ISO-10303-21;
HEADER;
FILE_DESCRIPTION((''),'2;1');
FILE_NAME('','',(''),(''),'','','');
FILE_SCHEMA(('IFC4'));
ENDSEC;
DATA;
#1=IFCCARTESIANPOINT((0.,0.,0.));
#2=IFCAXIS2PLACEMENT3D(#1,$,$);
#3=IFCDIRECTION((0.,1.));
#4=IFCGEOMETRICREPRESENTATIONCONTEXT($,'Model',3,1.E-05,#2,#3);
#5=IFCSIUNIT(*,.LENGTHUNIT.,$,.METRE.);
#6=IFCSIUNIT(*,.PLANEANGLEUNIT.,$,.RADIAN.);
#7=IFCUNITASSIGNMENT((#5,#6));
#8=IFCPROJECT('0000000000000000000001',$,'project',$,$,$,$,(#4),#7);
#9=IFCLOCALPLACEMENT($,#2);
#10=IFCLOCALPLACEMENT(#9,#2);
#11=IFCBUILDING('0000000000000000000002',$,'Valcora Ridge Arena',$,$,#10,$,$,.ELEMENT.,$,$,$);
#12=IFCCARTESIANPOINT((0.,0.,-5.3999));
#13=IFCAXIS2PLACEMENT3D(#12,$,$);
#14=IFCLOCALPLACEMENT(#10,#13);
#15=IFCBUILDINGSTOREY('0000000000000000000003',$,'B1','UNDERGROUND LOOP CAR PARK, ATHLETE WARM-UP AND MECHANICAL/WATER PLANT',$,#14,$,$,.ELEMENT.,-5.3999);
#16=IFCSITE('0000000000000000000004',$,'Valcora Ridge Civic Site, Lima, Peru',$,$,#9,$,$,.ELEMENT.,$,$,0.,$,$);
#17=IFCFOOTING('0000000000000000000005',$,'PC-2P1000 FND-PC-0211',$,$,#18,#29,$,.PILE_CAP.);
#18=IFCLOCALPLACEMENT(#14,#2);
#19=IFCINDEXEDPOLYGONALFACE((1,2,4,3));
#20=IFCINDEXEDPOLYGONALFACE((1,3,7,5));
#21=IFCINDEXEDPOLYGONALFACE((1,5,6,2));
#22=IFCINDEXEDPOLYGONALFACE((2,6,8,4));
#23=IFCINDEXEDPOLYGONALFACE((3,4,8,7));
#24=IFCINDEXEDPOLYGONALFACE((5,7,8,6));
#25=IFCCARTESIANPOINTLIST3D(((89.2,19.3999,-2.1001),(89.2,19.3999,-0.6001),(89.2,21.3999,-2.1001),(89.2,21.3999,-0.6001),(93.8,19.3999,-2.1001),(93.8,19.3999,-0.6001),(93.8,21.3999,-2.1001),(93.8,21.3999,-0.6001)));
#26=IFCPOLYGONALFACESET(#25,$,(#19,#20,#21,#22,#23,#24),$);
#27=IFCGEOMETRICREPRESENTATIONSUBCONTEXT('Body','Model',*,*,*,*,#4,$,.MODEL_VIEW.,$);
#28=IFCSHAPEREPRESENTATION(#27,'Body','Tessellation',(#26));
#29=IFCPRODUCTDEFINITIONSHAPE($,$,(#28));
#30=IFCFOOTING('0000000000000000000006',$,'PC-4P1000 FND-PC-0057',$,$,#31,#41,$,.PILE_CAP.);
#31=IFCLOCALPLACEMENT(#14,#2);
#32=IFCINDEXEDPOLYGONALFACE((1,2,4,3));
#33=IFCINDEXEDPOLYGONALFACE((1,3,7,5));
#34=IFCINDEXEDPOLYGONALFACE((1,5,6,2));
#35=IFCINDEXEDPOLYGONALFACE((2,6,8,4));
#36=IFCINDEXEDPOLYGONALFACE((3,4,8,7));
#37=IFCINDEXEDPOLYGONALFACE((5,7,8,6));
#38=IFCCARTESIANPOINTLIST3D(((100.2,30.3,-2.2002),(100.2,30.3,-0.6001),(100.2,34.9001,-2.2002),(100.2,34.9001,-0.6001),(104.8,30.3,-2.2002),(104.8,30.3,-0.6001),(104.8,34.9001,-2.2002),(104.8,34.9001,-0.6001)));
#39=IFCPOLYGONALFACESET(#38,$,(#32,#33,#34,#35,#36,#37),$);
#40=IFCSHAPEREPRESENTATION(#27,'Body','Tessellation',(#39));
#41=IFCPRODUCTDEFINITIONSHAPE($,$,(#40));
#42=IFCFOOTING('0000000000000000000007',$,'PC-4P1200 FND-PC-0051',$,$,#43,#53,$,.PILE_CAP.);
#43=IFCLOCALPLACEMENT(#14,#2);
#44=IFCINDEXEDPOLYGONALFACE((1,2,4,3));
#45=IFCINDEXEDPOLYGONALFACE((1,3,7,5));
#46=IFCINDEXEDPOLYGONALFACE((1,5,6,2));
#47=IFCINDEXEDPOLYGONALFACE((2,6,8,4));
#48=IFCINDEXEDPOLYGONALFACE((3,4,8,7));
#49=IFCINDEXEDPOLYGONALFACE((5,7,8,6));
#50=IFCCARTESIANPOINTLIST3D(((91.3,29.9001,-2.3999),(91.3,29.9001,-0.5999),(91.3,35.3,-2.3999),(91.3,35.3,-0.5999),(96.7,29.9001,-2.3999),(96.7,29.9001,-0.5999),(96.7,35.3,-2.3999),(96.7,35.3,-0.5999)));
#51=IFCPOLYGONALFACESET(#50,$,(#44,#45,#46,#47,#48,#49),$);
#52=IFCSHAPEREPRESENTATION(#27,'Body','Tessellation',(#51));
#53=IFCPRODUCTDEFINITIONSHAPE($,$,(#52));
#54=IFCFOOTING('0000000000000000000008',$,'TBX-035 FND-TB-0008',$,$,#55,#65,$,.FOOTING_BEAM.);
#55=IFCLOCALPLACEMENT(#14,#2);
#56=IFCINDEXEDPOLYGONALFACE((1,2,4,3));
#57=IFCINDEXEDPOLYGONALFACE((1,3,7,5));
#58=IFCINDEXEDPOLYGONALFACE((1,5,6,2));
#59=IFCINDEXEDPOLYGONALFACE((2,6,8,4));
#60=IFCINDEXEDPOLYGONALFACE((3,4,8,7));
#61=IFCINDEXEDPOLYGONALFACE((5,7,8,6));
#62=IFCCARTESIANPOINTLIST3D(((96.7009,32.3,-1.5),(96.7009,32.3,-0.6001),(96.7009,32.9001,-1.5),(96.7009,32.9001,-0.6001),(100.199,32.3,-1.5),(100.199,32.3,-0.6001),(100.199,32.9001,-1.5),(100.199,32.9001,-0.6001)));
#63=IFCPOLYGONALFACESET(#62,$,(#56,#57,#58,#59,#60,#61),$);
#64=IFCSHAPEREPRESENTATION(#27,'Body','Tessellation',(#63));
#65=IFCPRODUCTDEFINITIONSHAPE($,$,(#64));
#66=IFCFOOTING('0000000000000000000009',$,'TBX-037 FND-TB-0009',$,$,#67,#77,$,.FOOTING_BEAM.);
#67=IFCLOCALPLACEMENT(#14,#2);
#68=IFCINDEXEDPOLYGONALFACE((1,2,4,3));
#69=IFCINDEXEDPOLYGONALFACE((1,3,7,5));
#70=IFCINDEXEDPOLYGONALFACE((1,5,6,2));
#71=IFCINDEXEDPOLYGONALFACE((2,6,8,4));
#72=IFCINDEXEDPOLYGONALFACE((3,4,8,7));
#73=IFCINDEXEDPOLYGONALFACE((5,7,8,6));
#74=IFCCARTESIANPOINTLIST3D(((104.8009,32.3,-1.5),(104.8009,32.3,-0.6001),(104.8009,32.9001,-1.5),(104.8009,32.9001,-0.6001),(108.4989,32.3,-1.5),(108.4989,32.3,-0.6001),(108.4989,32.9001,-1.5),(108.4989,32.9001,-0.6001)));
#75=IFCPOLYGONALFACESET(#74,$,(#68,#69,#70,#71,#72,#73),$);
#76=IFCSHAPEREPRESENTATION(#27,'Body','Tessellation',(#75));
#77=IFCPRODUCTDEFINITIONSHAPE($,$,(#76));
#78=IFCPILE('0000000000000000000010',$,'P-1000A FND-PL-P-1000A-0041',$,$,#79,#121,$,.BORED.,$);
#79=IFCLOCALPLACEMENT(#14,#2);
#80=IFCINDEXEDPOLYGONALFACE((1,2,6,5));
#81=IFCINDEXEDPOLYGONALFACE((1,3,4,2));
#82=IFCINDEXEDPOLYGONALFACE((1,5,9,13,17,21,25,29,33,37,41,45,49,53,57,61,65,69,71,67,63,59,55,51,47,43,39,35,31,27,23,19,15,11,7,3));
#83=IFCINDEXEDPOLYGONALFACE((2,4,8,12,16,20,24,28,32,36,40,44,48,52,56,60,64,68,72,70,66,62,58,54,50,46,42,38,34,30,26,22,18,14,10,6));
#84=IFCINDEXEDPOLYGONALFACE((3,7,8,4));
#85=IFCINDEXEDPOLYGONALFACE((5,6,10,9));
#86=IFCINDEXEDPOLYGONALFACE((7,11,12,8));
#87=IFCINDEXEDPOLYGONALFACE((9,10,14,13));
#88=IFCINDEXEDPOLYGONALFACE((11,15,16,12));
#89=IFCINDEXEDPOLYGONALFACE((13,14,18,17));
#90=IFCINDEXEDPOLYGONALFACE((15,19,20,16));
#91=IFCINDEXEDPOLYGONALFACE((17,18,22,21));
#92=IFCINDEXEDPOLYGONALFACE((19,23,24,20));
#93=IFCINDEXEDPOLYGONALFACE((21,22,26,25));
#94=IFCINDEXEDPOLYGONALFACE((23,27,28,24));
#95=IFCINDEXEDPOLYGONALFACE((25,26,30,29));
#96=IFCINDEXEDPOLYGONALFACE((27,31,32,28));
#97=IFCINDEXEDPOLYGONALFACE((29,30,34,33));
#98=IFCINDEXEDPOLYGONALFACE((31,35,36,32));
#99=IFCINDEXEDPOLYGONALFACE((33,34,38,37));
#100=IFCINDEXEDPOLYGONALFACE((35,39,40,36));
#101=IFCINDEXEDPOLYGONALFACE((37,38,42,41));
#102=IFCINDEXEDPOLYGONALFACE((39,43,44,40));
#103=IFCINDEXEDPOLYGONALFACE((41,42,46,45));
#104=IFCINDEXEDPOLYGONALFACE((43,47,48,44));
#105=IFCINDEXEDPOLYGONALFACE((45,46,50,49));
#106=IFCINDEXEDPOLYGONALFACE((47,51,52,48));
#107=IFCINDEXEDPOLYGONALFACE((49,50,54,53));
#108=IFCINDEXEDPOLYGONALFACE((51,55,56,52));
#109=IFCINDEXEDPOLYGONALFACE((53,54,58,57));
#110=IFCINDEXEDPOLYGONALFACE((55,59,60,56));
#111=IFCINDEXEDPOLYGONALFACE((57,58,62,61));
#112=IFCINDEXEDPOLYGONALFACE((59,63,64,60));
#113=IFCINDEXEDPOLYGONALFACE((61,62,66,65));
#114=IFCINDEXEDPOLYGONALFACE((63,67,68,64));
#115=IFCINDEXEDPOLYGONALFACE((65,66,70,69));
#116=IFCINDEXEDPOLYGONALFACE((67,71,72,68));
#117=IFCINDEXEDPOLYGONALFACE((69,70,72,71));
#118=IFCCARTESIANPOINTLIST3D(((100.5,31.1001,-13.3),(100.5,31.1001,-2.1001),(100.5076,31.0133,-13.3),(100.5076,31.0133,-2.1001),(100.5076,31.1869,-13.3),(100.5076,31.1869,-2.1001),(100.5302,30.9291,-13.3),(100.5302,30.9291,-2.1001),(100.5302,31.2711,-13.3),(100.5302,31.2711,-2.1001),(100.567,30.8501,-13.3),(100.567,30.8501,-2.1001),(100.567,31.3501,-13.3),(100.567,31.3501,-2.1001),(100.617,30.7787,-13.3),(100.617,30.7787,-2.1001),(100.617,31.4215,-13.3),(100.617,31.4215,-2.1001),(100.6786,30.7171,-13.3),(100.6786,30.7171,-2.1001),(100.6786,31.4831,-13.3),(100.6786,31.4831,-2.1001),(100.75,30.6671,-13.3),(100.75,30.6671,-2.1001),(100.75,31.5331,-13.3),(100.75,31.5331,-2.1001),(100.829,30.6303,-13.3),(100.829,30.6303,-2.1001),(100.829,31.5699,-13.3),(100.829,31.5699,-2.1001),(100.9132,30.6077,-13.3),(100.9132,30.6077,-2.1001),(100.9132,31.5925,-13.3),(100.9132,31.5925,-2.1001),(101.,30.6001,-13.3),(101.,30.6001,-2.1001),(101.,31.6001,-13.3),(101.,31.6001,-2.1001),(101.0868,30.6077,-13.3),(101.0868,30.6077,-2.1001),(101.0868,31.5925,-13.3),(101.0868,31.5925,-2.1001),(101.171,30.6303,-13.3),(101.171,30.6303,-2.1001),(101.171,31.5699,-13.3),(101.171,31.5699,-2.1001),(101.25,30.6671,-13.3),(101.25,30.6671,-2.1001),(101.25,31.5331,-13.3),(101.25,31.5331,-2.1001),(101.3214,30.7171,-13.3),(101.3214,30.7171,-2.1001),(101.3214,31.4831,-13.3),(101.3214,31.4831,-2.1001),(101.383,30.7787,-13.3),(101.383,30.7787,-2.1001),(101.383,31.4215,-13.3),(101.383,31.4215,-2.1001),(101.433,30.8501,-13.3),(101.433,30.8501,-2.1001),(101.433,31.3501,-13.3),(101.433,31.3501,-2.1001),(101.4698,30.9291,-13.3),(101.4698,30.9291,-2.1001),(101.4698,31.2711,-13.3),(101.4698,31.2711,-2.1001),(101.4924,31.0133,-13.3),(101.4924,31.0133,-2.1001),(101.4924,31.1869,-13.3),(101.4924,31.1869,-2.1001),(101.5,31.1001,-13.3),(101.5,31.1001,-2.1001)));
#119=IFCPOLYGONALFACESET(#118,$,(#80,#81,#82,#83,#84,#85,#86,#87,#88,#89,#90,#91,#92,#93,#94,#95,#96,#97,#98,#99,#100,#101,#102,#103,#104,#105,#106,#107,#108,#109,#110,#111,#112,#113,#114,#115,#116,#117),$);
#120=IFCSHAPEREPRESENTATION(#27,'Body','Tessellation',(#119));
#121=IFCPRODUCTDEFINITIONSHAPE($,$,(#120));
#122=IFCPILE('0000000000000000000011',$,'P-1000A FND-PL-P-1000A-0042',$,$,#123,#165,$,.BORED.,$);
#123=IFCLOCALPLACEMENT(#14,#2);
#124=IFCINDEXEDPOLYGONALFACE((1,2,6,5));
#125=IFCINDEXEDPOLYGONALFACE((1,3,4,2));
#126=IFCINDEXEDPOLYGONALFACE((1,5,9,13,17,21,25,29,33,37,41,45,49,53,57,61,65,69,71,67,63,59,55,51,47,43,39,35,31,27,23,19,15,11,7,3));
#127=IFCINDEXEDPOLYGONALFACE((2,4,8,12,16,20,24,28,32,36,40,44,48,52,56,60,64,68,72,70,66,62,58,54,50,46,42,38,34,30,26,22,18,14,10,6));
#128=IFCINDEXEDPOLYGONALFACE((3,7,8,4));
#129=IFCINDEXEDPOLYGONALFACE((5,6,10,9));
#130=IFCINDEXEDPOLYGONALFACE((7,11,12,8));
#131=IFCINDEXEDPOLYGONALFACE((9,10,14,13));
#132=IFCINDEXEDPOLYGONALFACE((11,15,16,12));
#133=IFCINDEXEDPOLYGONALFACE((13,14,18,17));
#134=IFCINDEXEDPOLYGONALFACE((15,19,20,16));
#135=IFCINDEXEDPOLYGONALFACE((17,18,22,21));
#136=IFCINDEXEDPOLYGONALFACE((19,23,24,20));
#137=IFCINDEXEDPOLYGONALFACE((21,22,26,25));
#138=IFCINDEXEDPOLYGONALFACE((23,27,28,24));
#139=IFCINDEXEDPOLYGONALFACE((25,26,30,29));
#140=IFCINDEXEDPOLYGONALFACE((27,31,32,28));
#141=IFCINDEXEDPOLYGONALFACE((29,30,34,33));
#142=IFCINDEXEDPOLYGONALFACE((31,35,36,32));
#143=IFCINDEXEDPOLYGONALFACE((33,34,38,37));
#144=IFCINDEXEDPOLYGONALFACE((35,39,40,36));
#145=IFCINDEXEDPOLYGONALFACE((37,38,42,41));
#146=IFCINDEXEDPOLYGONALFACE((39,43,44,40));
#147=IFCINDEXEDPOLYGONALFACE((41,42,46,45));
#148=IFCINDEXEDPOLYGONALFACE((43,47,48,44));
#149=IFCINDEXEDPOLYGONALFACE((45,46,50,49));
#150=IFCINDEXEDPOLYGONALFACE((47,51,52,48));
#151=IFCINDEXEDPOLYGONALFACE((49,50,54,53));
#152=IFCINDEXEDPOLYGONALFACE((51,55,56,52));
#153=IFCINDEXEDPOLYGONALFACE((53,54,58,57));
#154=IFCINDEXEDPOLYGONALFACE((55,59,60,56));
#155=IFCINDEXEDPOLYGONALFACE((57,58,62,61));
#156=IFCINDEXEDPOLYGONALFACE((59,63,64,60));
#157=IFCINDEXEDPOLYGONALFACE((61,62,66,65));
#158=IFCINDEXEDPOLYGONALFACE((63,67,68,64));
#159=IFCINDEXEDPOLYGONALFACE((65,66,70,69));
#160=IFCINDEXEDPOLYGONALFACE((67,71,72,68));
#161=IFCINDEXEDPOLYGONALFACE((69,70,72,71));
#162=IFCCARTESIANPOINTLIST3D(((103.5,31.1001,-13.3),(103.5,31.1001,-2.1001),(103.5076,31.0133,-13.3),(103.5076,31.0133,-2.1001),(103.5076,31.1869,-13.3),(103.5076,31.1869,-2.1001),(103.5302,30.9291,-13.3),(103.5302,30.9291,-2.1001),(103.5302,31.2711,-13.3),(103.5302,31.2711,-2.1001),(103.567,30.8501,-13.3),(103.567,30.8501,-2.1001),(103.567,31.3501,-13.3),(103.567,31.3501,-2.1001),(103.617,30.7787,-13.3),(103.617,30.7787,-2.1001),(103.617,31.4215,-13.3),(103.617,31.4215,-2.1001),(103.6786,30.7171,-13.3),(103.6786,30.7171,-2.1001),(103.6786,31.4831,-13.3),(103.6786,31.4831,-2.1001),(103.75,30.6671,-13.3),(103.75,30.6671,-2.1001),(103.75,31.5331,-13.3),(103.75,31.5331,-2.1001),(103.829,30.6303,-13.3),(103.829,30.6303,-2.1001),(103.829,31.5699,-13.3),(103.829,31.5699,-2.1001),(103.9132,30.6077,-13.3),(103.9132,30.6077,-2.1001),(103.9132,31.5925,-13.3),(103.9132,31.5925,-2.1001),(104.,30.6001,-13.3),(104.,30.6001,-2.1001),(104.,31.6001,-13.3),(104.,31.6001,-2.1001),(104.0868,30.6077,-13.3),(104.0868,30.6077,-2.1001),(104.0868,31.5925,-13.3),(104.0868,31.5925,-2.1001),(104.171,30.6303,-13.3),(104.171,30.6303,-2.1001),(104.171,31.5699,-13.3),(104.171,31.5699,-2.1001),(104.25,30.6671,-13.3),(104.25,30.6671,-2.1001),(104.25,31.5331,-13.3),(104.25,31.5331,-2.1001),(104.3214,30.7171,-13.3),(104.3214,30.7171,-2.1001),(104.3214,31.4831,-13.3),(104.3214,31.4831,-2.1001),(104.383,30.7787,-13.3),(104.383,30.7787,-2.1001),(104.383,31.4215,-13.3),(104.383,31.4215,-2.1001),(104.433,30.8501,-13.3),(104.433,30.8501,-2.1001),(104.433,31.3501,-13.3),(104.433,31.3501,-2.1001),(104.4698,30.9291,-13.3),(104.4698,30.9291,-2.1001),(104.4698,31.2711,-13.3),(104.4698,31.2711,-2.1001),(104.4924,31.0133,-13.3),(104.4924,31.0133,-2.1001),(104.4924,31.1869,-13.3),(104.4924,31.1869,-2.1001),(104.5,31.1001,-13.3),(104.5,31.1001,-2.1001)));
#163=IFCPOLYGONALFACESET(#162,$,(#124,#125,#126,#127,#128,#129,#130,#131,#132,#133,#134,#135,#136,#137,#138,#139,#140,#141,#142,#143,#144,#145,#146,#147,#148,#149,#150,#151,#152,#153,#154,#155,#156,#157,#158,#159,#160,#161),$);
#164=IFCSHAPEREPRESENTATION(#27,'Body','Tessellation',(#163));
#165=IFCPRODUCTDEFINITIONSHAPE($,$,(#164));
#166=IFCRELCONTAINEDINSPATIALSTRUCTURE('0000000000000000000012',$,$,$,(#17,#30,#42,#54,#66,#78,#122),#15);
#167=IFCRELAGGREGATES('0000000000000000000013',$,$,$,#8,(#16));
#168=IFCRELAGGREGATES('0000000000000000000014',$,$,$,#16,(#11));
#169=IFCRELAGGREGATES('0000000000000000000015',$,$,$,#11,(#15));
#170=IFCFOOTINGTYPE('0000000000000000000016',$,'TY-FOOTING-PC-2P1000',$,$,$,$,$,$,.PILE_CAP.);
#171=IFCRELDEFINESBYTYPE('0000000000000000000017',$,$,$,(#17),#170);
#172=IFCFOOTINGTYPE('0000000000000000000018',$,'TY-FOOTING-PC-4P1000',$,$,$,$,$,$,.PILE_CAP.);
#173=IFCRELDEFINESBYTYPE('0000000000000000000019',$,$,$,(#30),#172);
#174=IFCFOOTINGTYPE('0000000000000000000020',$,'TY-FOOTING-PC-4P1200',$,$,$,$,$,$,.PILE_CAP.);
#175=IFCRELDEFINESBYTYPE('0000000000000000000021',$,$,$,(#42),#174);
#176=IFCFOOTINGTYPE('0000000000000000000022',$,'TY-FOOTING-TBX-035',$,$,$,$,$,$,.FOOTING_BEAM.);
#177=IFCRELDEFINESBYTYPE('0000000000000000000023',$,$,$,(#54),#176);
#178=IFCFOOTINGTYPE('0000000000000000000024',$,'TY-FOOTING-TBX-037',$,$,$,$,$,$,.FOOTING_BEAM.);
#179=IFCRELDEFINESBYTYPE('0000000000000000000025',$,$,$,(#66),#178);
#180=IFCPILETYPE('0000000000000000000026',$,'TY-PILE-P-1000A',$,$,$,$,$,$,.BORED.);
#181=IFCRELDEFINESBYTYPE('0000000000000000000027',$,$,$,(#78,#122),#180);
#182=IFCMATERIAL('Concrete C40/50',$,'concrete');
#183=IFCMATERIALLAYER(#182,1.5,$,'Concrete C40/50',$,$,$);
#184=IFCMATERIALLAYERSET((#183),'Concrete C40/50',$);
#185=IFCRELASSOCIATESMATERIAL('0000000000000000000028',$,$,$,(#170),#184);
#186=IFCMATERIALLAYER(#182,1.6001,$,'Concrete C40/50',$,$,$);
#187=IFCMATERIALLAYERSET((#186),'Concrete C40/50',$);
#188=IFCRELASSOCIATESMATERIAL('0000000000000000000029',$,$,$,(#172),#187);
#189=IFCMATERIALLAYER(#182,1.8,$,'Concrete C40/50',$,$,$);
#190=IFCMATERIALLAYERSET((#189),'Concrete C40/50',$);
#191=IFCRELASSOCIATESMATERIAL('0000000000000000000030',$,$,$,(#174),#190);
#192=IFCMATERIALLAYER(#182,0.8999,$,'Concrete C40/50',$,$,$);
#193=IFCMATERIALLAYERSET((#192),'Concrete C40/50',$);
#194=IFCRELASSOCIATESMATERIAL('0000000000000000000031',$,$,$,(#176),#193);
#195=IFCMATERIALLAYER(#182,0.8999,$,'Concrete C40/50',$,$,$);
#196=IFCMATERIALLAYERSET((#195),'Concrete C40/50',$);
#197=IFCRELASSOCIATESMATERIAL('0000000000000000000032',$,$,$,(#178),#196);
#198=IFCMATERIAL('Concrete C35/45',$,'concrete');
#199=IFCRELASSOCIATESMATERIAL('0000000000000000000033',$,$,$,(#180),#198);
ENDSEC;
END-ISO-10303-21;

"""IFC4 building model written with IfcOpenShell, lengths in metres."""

from ifc_helpers import new_model, si_unit, direction, frame, origin, origin_2d, place, context, subcontext, project, spatial, rectangle, circle, extrude, material, layer, layer_set, material_profile, profile_set, type_object, element, save


model = new_model("IFC4")

# Units and contexts
model_context = context("Model", 3, precision=1e-05, world=origin(), true_north=direction((0.0, 1.0)))
body_context = subcontext(model_context, "Body", "Model", "MODEL_VIEW")
ifc_project = project(units=[si_unit("LENGTHUNIT", "METRE"), si_unit("PLANEANGLEUNIT", "RADIAN")], contexts=[model_context])

# Site, building, storey
site_placement = place(None, origin())
site = spatial("IfcSite", under=ifc_project, at=site_placement, Name="Valcora Ridge Civic Site, Lima, Peru", CompositionType="ELEMENT", RefElevation=0.0)
building_placement = place(site_placement, origin())
building = spatial("IfcBuilding", under=site, at=building_placement, Name="Valcora Ridge Arena", CompositionType="ELEMENT")
storey_placement = place(building_placement, frame((0.0, 0.0, -5.3999)))
storey = spatial("IfcBuildingStorey", under=building, at=storey_placement, Name="B1", Description="UNDERGROUND LOOP CAR PARK, ATHLETE WARM-UP AND MECHANICAL/WATER PLANT", CompositionType="ELEMENT", Elevation=-5.3999)

# Footings
ifc_material_1 = material(Name="Concrete C40/50", Category="concrete")
ifc_layer_1 = layer(ifc_material_1, 1.5, Name="Concrete C40/50")
ifc_layer_set_1 = layer_set([ifc_layer_1], Name="Concrete C40/50")
footing_type_1 = type_object("IfcFootingType", Name="TY-FOOTING-PC-2P1000", PredefinedType="PILE_CAP", material=ifc_layer_set_1)
footing_1_placement = place(storey_placement, frame((91.5, 20.3999, -2.1001), z_axis=(0.0, 0.0, 1.0), x_axis=(1.0, 0.0, 0.0)))
element("IfcFooting", 1, at=footing_1_placement, inside=storey, type_object=footing_type_1, Name="PC-2P1000 FND-PC-0211", PredefinedType="PILE_CAP", context=body_context, shape_type="SweptSolid", body=[
    extrude(rectangle(XDim=4.6001, YDim=2.0, at=origin_2d()), origin(), (0.0, 0.0, 1.0), 1.5),
])
ifc_layer_2 = layer(ifc_material_1, 1.6001, Name="Concrete C40/50")
ifc_layer_set_2 = layer_set([ifc_layer_2], Name="Concrete C40/50")
footing_type_2 = type_object("IfcFootingType", Name="TY-FOOTING-PC-4P1000", PredefinedType="PILE_CAP", material=ifc_layer_set_2)
footing_2_placement = place(storey_placement, frame((102.5, 32.6001, -2.2002), z_axis=(0.0, 0.0, 1.0), x_axis=(1.0, 0.0, 0.0)))
element("IfcFooting", 2, at=footing_2_placement, inside=storey, type_object=footing_type_2, Name="PC-4P1000 FND-PC-0057", PredefinedType="PILE_CAP", context=body_context, shape_type="SweptSolid", body=[
    extrude(rectangle(XDim=4.6001, YDim=4.6001, at=origin_2d()), origin(), (0.0, 0.0, 1.0), 1.6001),
])
ifc_layer_3 = layer(ifc_material_1, 1.8, Name="Concrete C40/50")
ifc_layer_set_3 = layer_set([ifc_layer_3], Name="Concrete C40/50")
footing_type_3 = type_object("IfcFootingType", Name="TY-FOOTING-PC-4P1200", PredefinedType="PILE_CAP", material=ifc_layer_set_3)
footing_3_placement = place(storey_placement, frame((94.0, 32.6001, -2.3999), z_axis=(0.0, 0.0, 1.0), x_axis=(1.0, 0.0, 0.0)))
element("IfcFooting", 3, at=footing_3_placement, inside=storey, type_object=footing_type_3, Name="PC-4P1200 FND-PC-0051", PredefinedType="PILE_CAP", context=body_context, shape_type="SweptSolid", body=[
    extrude(rectangle(XDim=5.3999, YDim=5.3999, at=origin_2d()), origin(), (0.0, 0.0, 1.0), 1.8),
])
ifc_layer_4 = layer(ifc_material_1, 0.8999, Name="Concrete C40/50")
ifc_layer_set_4 = layer_set([ifc_layer_4], Name="Concrete C40/50")
footing_type_4 = type_object("IfcFootingType", Name="TY-FOOTING-TBX-035", PredefinedType="FOOTING_BEAM", material=ifc_layer_set_4)
footing_4_placement = place(storey_placement, frame((98.45, 32.6001, -1.5), z_axis=(0.0, 0.0, 1.0), x_axis=(1.0, 0.0, 0.0)))
element("IfcFooting", 4, at=footing_4_placement, inside=storey, type_object=footing_type_4, Name="TBX-035 FND-TB-0008", PredefinedType="FOOTING_BEAM", context=body_context, shape_type="SweptSolid", body=[
    extrude(rectangle(XDim=3.498, YDim=0.6001, at=origin_2d()), origin(), (0.0, 0.0, 1.0), 0.8999),
])
ifc_layer_5 = layer(ifc_material_1, 0.8999, Name="Concrete C40/50")
ifc_layer_set_5 = layer_set([ifc_layer_5], Name="Concrete C40/50")
footing_type_5 = type_object("IfcFootingType", Name="TY-FOOTING-TBX-037", PredefinedType="FOOTING_BEAM", material=ifc_layer_set_5)
footing_5_placement = place(storey_placement, frame((106.6499, 32.6001, -1.5), z_axis=(0.0, 0.0, 1.0), x_axis=(1.0, 0.0, 0.0)))
element("IfcFooting", 5, at=footing_5_placement, inside=storey, type_object=footing_type_5, Name="TBX-037 FND-TB-0009", PredefinedType="FOOTING_BEAM", context=body_context, shape_type="SweptSolid", body=[
    extrude(rectangle(XDim=3.698, YDim=0.6001, at=origin_2d()), origin(), (0.0, 0.0, 1.0), 0.8999),
])

# Piles
ifc_material_2 = material(Name="Concrete C35/45", Category="concrete")
ifc_material_profile_1 = material_profile(ifc_material_2, circle(Radius=0.5, at=origin_2d()), Name="BORED PILE D1000")
ifc_profile_set_1 = profile_set([ifc_material_profile_1], Name="Concrete C35/45")
pile_type_1 = type_object("IfcPileType", Name="TY-PILE-P-1000A", PredefinedType="BORED", material=ifc_profile_set_1)
for number, where, z_axis, x_axis, name in (
    (6, (101.0, 31.1001, -2.1001), (0.0, 0.0, -1.0), (1.0, 0.0, 0.0), "P-1000A FND-PL-P-1000A-0041"),
    (7, (104.0, 31.1001, -2.1001), (0.0, 0.0, -1.0), (1.0, 0.0, 0.0), "P-1000A FND-PL-P-1000A-0042"),
):
    element("IfcPile", number, at=place(storey_placement, frame(where, z_axis=z_axis, x_axis=x_axis)), inside=storey, type_object=pile_type_1, Name=name, PredefinedType="BORED", context=body_context, shape_type="SweptSolid", body=[
        extrude(circle(Radius=0.5, at=origin_2d()), origin(), (0.0, 0.0, 1.0), 11.2),
    ])

save(model, "model.ifc")
